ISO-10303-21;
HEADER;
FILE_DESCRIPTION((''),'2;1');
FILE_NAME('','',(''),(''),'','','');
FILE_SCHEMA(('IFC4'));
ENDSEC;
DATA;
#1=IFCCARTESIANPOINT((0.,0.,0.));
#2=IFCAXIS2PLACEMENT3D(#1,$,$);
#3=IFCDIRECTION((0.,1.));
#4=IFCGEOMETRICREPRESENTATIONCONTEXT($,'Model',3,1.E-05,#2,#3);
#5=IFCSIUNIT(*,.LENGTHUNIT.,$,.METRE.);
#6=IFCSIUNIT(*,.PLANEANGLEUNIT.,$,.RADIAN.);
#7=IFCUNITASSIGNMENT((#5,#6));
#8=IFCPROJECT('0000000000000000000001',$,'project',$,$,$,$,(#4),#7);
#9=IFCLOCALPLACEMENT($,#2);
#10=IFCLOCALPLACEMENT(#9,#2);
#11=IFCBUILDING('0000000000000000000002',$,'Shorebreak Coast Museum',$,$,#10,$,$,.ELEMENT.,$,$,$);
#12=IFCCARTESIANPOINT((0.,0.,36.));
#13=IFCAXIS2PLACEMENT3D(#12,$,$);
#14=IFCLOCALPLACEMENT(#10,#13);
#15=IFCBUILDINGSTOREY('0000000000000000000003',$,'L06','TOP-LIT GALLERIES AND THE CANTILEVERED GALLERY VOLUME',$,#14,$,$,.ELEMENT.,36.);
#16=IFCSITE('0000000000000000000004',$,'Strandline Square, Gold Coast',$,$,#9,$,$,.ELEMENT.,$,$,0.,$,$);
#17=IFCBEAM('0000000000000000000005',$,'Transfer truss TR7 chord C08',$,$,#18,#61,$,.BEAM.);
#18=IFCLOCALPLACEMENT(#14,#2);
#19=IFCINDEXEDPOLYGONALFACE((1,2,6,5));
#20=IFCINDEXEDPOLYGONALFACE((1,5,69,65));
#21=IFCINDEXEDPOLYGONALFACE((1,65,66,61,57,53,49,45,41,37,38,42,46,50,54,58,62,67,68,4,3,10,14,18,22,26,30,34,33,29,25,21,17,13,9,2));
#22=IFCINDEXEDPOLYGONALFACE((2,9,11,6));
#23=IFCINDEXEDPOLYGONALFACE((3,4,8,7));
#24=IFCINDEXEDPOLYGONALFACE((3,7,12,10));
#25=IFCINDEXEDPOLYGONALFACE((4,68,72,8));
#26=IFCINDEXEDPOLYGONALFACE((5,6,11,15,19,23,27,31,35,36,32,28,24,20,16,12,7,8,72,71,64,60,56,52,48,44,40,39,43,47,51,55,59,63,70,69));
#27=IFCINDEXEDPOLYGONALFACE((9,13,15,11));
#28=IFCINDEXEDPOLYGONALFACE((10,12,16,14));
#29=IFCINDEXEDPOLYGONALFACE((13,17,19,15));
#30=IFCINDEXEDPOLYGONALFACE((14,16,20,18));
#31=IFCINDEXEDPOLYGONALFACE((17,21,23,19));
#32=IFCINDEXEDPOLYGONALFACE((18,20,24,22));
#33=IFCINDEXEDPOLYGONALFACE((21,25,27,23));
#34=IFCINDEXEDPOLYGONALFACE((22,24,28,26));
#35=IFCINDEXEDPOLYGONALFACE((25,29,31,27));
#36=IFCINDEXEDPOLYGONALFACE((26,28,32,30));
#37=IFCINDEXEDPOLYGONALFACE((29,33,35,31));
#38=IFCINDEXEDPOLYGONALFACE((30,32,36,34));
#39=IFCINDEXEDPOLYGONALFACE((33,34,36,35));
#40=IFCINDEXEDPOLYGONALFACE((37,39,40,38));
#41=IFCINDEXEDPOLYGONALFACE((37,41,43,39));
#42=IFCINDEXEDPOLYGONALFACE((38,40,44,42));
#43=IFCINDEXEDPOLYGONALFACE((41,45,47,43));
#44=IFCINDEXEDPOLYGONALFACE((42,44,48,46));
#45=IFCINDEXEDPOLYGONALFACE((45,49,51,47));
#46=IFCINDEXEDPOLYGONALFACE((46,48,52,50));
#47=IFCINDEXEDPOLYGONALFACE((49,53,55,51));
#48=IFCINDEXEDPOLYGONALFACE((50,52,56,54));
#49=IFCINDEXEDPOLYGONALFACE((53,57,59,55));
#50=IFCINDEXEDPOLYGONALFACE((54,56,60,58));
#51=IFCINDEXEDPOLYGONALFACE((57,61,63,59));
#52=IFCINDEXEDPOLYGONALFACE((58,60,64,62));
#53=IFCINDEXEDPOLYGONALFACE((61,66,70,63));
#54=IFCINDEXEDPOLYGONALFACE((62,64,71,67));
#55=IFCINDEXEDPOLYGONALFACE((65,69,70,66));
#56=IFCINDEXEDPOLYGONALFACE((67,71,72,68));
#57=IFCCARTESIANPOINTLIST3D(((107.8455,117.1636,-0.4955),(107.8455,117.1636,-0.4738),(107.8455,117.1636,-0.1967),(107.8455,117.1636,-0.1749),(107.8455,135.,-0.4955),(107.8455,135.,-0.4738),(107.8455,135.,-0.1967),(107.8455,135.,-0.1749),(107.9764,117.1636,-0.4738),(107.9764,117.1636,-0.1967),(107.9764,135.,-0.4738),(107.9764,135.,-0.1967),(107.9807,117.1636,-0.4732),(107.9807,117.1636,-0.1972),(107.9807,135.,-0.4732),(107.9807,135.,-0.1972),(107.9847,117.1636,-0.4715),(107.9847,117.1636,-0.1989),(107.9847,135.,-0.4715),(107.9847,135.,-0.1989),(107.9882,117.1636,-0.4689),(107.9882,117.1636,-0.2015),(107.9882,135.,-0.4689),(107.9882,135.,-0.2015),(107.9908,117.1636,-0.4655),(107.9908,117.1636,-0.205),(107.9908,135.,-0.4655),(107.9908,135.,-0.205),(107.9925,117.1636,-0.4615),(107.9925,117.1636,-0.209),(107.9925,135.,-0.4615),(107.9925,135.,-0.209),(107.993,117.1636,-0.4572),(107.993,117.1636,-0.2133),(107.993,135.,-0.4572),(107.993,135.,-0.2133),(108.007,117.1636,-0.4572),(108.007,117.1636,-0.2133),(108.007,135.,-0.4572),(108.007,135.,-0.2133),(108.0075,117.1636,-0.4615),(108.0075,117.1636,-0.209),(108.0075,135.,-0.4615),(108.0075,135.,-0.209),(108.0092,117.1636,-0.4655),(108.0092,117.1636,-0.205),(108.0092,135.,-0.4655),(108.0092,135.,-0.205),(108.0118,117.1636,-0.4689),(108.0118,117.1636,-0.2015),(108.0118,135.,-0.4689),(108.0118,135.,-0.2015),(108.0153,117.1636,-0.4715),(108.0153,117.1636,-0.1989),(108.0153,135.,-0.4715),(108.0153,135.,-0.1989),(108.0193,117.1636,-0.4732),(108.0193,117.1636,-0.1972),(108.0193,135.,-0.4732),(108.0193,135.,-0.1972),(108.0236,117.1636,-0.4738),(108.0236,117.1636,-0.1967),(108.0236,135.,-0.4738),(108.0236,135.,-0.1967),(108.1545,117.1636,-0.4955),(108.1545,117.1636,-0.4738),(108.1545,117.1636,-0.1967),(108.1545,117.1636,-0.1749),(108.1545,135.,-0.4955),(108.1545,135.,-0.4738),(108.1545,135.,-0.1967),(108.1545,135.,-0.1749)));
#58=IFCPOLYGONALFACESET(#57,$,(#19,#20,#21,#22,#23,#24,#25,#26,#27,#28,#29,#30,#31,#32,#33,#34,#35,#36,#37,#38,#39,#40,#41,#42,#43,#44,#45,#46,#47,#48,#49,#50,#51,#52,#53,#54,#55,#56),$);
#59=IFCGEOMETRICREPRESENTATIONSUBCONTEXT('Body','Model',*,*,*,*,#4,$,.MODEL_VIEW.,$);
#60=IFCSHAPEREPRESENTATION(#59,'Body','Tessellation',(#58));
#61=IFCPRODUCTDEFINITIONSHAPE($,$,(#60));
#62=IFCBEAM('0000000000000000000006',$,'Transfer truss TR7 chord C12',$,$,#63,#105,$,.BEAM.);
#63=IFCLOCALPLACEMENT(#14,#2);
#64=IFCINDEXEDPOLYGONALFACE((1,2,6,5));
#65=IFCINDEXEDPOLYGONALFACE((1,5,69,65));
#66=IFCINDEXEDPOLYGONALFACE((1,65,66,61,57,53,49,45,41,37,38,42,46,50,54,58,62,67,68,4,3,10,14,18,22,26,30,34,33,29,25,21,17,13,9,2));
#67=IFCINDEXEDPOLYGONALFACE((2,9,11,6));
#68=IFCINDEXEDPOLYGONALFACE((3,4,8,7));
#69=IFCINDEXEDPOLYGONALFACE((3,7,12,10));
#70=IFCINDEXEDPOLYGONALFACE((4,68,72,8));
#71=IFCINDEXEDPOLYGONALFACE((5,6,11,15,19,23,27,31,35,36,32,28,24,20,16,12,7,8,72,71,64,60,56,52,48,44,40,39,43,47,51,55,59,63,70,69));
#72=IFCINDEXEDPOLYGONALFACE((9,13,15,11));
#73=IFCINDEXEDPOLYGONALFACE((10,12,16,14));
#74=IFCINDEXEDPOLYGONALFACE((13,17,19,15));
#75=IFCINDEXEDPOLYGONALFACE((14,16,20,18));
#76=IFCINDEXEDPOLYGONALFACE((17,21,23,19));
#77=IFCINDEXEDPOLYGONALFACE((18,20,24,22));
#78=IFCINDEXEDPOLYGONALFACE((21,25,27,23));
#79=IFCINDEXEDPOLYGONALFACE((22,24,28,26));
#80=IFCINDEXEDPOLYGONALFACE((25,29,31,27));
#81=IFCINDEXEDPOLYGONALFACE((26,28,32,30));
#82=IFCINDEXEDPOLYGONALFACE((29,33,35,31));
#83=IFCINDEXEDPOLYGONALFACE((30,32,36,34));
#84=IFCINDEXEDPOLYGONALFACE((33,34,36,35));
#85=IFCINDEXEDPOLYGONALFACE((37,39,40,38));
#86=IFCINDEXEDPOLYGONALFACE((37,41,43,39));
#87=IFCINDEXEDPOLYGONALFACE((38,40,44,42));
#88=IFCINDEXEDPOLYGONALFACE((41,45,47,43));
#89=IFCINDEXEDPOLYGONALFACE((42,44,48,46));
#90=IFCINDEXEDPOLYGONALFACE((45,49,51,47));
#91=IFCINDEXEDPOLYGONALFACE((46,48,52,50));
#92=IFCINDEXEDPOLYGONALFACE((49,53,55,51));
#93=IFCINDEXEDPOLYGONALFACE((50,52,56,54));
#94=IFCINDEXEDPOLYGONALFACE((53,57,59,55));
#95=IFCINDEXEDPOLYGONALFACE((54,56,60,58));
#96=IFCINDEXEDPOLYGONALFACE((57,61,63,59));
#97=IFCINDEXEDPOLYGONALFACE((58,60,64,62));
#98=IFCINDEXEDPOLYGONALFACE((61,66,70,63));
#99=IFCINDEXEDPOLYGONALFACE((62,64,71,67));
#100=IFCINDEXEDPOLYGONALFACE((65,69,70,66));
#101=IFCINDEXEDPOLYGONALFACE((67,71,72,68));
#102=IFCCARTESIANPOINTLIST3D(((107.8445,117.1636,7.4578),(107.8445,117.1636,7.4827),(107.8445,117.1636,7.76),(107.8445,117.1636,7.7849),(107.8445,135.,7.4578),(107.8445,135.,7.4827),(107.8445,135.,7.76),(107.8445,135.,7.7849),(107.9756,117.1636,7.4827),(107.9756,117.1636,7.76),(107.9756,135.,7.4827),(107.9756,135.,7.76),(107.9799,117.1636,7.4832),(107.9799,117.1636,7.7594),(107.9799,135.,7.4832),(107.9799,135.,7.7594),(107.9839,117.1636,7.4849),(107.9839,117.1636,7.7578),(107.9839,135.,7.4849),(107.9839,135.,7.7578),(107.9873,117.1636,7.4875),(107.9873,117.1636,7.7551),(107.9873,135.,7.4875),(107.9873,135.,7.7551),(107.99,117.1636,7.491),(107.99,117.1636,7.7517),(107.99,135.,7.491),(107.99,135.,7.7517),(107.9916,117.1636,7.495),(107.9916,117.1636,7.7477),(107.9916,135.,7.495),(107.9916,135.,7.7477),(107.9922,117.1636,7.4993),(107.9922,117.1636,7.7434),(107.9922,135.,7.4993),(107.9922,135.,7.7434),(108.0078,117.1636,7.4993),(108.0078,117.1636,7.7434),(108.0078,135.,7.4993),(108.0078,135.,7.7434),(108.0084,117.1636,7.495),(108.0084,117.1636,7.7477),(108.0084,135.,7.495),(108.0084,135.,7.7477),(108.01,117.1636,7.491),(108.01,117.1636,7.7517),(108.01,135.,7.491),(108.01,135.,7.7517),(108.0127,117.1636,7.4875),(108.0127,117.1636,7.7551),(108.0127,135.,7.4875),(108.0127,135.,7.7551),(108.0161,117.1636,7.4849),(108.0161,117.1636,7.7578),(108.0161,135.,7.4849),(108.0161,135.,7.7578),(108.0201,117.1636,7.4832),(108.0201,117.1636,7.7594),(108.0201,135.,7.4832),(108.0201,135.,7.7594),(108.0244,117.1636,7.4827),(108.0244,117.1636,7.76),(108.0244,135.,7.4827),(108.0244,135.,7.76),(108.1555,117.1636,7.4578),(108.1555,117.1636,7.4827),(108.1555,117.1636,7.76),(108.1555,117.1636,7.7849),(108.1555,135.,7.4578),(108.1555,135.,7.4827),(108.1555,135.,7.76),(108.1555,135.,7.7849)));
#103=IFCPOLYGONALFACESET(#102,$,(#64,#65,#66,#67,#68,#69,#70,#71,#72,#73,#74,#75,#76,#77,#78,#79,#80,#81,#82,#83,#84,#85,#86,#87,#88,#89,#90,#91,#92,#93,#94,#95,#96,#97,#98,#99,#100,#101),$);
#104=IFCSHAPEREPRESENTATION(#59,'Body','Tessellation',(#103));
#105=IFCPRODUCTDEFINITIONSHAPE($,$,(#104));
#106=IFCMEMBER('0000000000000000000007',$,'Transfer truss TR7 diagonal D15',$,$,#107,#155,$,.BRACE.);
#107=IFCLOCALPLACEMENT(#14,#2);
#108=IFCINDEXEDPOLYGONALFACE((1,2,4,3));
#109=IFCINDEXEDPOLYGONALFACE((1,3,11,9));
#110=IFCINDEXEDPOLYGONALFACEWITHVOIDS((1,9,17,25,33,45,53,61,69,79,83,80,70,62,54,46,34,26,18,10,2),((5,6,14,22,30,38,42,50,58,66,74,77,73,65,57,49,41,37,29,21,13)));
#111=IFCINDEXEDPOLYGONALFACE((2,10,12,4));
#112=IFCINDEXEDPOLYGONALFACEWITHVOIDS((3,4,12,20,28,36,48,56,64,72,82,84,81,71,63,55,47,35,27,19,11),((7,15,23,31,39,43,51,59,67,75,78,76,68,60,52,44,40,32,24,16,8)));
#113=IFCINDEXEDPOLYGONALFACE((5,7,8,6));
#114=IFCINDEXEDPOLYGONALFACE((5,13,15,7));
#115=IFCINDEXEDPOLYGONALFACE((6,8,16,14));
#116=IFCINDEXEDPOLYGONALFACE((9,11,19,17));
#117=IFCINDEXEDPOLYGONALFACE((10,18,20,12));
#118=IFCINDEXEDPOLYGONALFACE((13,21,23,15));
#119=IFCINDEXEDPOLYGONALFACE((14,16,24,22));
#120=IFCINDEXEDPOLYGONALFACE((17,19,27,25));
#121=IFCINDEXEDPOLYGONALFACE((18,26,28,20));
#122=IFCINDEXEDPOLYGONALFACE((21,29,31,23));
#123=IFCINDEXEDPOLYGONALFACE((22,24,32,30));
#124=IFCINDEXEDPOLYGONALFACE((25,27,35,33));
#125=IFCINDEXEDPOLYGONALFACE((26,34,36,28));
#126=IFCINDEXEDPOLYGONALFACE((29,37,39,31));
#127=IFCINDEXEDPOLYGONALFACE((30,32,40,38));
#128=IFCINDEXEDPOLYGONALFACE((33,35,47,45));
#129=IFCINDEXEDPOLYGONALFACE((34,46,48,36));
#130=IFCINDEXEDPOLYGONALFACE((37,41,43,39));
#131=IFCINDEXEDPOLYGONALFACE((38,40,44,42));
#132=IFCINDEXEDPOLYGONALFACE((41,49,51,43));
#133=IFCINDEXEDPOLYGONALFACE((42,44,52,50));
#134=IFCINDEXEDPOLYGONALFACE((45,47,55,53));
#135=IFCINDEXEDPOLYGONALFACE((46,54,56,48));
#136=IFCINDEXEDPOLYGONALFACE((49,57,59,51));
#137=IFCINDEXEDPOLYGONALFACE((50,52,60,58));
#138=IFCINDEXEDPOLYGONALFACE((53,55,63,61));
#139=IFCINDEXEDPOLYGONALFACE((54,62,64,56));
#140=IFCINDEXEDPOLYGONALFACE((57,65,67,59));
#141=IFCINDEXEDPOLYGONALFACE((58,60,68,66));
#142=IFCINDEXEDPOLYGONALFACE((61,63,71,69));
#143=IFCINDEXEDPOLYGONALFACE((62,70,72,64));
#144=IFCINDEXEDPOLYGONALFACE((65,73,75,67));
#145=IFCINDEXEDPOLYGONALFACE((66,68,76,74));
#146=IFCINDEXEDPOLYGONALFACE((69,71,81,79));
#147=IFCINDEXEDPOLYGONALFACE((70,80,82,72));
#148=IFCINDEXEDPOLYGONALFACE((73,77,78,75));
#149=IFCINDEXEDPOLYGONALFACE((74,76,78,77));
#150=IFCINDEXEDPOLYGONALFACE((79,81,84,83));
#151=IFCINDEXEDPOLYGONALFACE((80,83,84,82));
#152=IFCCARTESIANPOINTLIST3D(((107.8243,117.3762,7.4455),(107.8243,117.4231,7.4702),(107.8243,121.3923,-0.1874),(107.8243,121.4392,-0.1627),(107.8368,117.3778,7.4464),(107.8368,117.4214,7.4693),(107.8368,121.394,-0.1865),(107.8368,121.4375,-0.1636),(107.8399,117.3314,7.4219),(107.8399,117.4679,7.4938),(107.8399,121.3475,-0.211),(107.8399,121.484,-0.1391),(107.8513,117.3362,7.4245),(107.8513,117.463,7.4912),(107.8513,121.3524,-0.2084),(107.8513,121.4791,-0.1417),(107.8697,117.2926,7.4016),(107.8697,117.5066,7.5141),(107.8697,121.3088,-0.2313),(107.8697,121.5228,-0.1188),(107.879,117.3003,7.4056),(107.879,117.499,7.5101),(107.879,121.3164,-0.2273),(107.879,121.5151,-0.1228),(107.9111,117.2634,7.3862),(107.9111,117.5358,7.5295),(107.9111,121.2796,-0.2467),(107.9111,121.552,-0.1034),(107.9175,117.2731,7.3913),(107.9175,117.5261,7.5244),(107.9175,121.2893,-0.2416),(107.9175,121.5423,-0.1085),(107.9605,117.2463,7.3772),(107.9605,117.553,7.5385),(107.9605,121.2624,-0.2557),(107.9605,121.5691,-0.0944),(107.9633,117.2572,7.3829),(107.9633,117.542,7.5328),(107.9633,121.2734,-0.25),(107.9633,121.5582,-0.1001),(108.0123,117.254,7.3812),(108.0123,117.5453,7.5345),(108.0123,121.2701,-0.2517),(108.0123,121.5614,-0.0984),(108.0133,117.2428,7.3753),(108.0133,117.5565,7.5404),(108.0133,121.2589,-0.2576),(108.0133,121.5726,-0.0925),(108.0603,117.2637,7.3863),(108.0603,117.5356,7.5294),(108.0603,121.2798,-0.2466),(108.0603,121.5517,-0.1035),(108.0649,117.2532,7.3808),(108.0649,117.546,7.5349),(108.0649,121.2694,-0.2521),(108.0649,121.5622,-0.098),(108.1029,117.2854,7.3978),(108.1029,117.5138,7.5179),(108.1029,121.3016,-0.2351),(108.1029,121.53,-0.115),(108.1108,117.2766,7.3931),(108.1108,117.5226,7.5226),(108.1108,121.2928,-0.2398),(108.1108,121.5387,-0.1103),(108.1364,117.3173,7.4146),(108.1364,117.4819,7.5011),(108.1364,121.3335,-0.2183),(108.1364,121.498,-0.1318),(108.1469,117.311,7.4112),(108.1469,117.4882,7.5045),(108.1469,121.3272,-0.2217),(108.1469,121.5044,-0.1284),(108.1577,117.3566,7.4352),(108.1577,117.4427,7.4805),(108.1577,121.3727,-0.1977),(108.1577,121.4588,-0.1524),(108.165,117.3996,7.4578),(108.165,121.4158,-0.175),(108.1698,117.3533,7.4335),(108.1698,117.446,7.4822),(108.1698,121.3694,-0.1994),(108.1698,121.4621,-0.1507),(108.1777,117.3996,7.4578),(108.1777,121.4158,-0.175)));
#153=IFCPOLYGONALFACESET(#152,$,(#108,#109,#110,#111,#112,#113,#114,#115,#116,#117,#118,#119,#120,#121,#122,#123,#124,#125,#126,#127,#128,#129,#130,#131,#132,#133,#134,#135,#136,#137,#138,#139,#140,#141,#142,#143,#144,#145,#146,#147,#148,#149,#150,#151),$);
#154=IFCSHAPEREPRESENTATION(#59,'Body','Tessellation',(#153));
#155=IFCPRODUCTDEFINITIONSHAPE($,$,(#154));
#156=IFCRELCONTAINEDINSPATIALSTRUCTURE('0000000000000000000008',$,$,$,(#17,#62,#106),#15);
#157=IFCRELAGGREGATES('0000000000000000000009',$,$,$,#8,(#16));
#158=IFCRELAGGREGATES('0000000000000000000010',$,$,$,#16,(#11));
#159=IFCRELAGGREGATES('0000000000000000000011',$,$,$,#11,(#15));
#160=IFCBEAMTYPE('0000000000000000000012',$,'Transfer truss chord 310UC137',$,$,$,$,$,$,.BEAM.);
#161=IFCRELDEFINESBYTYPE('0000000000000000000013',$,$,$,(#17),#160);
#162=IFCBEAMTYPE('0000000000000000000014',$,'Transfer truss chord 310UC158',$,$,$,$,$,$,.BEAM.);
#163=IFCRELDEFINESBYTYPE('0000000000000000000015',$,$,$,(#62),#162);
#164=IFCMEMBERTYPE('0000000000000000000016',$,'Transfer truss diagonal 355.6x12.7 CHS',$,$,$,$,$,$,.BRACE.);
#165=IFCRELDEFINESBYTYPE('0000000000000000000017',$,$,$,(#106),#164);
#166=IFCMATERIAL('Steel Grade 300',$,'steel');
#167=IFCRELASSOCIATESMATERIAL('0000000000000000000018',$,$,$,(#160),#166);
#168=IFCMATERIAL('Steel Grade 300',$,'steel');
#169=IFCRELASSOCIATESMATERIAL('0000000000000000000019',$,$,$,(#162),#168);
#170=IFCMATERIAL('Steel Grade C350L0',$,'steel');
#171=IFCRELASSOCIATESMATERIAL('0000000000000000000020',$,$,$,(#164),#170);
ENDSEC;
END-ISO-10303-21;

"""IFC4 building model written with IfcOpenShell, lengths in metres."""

from ifc_helpers import new_model, si_unit, direction, frame, origin, origin_2d, place, context, subcontext, project, spatial, hollow_circle, i_section, extrude, material, material_profile, profile_set, type_object, element, save


model = new_model("IFC4")

# Units and contexts
model_context = context("Model", 3, precision=1e-05, world=origin(), true_north=direction((0.0, 1.0)))
body_context = subcontext(model_context, "Body", "Model", "MODEL_VIEW")
ifc_project = project(units=[si_unit("LENGTHUNIT", "METRE"), si_unit("PLANEANGLEUNIT", "RADIAN")], contexts=[model_context])

# Site, building, storey
site_placement = place(None, origin())
site = spatial("IfcSite", under=ifc_project, at=site_placement, Name="Strandline Square, Gold Coast", CompositionType="ELEMENT", RefElevation=0.0)
building_placement = place(site_placement, origin())
building = spatial("IfcBuilding", under=site, at=building_placement, Name="Shorebreak Coast Museum", CompositionType="ELEMENT")
storey_placement = place(building_placement, frame((0.0, 0.0, 36.0)))
storey = spatial("IfcBuildingStorey", under=building, at=storey_placement, Name="L06", Description="TOP-LIT GALLERIES AND THE CANTILEVERED GALLERY VOLUME", CompositionType="ELEMENT", Elevation=36.0)

# Beams
ifc_material_1 = material(Name="Steel Grade 300", Category="steel")
ifc_material_profile_1 = material_profile(ifc_material_1, i_section(OverallWidth=0.3091, OverallDepth=0.3206, WebThickness=0.0139, FlangeThickness=0.0217, FilletRadius=0.0166, at=origin_2d()), Name="310UC137")
ifc_profile_set_1 = profile_set([ifc_material_profile_1], Name="Steel Grade 300")
beam_type_1 = type_object("IfcBeamType", Name="Transfer truss chord 310UC137", PredefinedType="BEAM", material=ifc_profile_set_1)
beam_1_placement = place(storey_placement, frame((108.0, 117.1636, -0.3352), z_axis=(0.0, 1.0, 0.0), x_axis=(-1.0, 0.0, 0.0)))
element("IfcBeam", 1, at=beam_1_placement, inside=storey, type_object=beam_type_1, Name="Transfer truss TR7 chord C08", PredefinedType="BEAM", context=body_context, shape_type="SweptSolid", body=[
    extrude(i_section(OverallWidth=0.3091, OverallDepth=0.3206, WebThickness=0.0139, FlangeThickness=0.0217, FilletRadius=0.0166, at=origin_2d()), origin(), (0.0, 0.0, 1.0), 17.8364),
])
ifc_material_2 = material(Name="Steel Grade 300", Category="steel")
ifc_material_profile_2 = material_profile(ifc_material_2, i_section(OverallWidth=0.311, OverallDepth=0.3271, WebThickness=0.0156, FlangeThickness=0.0249, FilletRadius=0.0166, at=origin_2d()), Name="310UC158")
ifc_profile_set_2 = profile_set([ifc_material_profile_2], Name="Steel Grade 300")
beam_type_2 = type_object("IfcBeamType", Name="Transfer truss chord 310UC158", PredefinedType="BEAM", material=ifc_profile_set_2)
beam_2_placement = place(storey_placement, frame((108.0, 117.1636, 7.6213), z_axis=(0.0, 1.0, 0.0), x_axis=(-1.0, 0.0, 0.0)))
element("IfcBeam", 2, at=beam_2_placement, inside=storey, type_object=beam_type_2, Name="Transfer truss TR7 chord C12", PredefinedType="BEAM", context=body_context, shape_type="SweptSolid", body=[
    extrude(i_section(OverallWidth=0.311, OverallDepth=0.3271, WebThickness=0.0156, FlangeThickness=0.0249, FilletRadius=0.0166, at=origin_2d()), origin(), (0.0, 0.0, 1.0), 17.8364),
])

# Member
ifc_material_3 = material(Name="Steel Grade C350L0", Category="steel")
ifc_material_profile_3 = material_profile(ifc_material_3, hollow_circle(Radius=0.1777, WallThickness=0.0127, at=origin_2d()), Name="355.6x12.7 CHS")
ifc_profile_set_3 = profile_set([ifc_material_profile_3], Name="Steel Grade C350L0")
member_type_1 = type_object("IfcMemberType", Name="Transfer truss diagonal 355.6x12.7 CHS", PredefinedType="BRACE", material=ifc_profile_set_3)
member_1_placement = place(storey_placement, frame((108.0, 121.4158, -0.175), z_axis=(0.0, -0.465641, 0.884973), x_axis=(1.0, 0.0, 0.0)))
element("IfcMember", 3, at=member_1_placement, inside=storey, type_object=member_type_1, Name="Transfer truss TR7 diagonal D15", PredefinedType="BRACE", context=body_context, shape_type="SweptSolid", body=[
    extrude(hollow_circle(Radius=0.1777, WallThickness=0.0127, at=origin_2d()), origin(), (0.0, 0.0, 1.0), 8.625),
])

save(model, "model.ifc")
